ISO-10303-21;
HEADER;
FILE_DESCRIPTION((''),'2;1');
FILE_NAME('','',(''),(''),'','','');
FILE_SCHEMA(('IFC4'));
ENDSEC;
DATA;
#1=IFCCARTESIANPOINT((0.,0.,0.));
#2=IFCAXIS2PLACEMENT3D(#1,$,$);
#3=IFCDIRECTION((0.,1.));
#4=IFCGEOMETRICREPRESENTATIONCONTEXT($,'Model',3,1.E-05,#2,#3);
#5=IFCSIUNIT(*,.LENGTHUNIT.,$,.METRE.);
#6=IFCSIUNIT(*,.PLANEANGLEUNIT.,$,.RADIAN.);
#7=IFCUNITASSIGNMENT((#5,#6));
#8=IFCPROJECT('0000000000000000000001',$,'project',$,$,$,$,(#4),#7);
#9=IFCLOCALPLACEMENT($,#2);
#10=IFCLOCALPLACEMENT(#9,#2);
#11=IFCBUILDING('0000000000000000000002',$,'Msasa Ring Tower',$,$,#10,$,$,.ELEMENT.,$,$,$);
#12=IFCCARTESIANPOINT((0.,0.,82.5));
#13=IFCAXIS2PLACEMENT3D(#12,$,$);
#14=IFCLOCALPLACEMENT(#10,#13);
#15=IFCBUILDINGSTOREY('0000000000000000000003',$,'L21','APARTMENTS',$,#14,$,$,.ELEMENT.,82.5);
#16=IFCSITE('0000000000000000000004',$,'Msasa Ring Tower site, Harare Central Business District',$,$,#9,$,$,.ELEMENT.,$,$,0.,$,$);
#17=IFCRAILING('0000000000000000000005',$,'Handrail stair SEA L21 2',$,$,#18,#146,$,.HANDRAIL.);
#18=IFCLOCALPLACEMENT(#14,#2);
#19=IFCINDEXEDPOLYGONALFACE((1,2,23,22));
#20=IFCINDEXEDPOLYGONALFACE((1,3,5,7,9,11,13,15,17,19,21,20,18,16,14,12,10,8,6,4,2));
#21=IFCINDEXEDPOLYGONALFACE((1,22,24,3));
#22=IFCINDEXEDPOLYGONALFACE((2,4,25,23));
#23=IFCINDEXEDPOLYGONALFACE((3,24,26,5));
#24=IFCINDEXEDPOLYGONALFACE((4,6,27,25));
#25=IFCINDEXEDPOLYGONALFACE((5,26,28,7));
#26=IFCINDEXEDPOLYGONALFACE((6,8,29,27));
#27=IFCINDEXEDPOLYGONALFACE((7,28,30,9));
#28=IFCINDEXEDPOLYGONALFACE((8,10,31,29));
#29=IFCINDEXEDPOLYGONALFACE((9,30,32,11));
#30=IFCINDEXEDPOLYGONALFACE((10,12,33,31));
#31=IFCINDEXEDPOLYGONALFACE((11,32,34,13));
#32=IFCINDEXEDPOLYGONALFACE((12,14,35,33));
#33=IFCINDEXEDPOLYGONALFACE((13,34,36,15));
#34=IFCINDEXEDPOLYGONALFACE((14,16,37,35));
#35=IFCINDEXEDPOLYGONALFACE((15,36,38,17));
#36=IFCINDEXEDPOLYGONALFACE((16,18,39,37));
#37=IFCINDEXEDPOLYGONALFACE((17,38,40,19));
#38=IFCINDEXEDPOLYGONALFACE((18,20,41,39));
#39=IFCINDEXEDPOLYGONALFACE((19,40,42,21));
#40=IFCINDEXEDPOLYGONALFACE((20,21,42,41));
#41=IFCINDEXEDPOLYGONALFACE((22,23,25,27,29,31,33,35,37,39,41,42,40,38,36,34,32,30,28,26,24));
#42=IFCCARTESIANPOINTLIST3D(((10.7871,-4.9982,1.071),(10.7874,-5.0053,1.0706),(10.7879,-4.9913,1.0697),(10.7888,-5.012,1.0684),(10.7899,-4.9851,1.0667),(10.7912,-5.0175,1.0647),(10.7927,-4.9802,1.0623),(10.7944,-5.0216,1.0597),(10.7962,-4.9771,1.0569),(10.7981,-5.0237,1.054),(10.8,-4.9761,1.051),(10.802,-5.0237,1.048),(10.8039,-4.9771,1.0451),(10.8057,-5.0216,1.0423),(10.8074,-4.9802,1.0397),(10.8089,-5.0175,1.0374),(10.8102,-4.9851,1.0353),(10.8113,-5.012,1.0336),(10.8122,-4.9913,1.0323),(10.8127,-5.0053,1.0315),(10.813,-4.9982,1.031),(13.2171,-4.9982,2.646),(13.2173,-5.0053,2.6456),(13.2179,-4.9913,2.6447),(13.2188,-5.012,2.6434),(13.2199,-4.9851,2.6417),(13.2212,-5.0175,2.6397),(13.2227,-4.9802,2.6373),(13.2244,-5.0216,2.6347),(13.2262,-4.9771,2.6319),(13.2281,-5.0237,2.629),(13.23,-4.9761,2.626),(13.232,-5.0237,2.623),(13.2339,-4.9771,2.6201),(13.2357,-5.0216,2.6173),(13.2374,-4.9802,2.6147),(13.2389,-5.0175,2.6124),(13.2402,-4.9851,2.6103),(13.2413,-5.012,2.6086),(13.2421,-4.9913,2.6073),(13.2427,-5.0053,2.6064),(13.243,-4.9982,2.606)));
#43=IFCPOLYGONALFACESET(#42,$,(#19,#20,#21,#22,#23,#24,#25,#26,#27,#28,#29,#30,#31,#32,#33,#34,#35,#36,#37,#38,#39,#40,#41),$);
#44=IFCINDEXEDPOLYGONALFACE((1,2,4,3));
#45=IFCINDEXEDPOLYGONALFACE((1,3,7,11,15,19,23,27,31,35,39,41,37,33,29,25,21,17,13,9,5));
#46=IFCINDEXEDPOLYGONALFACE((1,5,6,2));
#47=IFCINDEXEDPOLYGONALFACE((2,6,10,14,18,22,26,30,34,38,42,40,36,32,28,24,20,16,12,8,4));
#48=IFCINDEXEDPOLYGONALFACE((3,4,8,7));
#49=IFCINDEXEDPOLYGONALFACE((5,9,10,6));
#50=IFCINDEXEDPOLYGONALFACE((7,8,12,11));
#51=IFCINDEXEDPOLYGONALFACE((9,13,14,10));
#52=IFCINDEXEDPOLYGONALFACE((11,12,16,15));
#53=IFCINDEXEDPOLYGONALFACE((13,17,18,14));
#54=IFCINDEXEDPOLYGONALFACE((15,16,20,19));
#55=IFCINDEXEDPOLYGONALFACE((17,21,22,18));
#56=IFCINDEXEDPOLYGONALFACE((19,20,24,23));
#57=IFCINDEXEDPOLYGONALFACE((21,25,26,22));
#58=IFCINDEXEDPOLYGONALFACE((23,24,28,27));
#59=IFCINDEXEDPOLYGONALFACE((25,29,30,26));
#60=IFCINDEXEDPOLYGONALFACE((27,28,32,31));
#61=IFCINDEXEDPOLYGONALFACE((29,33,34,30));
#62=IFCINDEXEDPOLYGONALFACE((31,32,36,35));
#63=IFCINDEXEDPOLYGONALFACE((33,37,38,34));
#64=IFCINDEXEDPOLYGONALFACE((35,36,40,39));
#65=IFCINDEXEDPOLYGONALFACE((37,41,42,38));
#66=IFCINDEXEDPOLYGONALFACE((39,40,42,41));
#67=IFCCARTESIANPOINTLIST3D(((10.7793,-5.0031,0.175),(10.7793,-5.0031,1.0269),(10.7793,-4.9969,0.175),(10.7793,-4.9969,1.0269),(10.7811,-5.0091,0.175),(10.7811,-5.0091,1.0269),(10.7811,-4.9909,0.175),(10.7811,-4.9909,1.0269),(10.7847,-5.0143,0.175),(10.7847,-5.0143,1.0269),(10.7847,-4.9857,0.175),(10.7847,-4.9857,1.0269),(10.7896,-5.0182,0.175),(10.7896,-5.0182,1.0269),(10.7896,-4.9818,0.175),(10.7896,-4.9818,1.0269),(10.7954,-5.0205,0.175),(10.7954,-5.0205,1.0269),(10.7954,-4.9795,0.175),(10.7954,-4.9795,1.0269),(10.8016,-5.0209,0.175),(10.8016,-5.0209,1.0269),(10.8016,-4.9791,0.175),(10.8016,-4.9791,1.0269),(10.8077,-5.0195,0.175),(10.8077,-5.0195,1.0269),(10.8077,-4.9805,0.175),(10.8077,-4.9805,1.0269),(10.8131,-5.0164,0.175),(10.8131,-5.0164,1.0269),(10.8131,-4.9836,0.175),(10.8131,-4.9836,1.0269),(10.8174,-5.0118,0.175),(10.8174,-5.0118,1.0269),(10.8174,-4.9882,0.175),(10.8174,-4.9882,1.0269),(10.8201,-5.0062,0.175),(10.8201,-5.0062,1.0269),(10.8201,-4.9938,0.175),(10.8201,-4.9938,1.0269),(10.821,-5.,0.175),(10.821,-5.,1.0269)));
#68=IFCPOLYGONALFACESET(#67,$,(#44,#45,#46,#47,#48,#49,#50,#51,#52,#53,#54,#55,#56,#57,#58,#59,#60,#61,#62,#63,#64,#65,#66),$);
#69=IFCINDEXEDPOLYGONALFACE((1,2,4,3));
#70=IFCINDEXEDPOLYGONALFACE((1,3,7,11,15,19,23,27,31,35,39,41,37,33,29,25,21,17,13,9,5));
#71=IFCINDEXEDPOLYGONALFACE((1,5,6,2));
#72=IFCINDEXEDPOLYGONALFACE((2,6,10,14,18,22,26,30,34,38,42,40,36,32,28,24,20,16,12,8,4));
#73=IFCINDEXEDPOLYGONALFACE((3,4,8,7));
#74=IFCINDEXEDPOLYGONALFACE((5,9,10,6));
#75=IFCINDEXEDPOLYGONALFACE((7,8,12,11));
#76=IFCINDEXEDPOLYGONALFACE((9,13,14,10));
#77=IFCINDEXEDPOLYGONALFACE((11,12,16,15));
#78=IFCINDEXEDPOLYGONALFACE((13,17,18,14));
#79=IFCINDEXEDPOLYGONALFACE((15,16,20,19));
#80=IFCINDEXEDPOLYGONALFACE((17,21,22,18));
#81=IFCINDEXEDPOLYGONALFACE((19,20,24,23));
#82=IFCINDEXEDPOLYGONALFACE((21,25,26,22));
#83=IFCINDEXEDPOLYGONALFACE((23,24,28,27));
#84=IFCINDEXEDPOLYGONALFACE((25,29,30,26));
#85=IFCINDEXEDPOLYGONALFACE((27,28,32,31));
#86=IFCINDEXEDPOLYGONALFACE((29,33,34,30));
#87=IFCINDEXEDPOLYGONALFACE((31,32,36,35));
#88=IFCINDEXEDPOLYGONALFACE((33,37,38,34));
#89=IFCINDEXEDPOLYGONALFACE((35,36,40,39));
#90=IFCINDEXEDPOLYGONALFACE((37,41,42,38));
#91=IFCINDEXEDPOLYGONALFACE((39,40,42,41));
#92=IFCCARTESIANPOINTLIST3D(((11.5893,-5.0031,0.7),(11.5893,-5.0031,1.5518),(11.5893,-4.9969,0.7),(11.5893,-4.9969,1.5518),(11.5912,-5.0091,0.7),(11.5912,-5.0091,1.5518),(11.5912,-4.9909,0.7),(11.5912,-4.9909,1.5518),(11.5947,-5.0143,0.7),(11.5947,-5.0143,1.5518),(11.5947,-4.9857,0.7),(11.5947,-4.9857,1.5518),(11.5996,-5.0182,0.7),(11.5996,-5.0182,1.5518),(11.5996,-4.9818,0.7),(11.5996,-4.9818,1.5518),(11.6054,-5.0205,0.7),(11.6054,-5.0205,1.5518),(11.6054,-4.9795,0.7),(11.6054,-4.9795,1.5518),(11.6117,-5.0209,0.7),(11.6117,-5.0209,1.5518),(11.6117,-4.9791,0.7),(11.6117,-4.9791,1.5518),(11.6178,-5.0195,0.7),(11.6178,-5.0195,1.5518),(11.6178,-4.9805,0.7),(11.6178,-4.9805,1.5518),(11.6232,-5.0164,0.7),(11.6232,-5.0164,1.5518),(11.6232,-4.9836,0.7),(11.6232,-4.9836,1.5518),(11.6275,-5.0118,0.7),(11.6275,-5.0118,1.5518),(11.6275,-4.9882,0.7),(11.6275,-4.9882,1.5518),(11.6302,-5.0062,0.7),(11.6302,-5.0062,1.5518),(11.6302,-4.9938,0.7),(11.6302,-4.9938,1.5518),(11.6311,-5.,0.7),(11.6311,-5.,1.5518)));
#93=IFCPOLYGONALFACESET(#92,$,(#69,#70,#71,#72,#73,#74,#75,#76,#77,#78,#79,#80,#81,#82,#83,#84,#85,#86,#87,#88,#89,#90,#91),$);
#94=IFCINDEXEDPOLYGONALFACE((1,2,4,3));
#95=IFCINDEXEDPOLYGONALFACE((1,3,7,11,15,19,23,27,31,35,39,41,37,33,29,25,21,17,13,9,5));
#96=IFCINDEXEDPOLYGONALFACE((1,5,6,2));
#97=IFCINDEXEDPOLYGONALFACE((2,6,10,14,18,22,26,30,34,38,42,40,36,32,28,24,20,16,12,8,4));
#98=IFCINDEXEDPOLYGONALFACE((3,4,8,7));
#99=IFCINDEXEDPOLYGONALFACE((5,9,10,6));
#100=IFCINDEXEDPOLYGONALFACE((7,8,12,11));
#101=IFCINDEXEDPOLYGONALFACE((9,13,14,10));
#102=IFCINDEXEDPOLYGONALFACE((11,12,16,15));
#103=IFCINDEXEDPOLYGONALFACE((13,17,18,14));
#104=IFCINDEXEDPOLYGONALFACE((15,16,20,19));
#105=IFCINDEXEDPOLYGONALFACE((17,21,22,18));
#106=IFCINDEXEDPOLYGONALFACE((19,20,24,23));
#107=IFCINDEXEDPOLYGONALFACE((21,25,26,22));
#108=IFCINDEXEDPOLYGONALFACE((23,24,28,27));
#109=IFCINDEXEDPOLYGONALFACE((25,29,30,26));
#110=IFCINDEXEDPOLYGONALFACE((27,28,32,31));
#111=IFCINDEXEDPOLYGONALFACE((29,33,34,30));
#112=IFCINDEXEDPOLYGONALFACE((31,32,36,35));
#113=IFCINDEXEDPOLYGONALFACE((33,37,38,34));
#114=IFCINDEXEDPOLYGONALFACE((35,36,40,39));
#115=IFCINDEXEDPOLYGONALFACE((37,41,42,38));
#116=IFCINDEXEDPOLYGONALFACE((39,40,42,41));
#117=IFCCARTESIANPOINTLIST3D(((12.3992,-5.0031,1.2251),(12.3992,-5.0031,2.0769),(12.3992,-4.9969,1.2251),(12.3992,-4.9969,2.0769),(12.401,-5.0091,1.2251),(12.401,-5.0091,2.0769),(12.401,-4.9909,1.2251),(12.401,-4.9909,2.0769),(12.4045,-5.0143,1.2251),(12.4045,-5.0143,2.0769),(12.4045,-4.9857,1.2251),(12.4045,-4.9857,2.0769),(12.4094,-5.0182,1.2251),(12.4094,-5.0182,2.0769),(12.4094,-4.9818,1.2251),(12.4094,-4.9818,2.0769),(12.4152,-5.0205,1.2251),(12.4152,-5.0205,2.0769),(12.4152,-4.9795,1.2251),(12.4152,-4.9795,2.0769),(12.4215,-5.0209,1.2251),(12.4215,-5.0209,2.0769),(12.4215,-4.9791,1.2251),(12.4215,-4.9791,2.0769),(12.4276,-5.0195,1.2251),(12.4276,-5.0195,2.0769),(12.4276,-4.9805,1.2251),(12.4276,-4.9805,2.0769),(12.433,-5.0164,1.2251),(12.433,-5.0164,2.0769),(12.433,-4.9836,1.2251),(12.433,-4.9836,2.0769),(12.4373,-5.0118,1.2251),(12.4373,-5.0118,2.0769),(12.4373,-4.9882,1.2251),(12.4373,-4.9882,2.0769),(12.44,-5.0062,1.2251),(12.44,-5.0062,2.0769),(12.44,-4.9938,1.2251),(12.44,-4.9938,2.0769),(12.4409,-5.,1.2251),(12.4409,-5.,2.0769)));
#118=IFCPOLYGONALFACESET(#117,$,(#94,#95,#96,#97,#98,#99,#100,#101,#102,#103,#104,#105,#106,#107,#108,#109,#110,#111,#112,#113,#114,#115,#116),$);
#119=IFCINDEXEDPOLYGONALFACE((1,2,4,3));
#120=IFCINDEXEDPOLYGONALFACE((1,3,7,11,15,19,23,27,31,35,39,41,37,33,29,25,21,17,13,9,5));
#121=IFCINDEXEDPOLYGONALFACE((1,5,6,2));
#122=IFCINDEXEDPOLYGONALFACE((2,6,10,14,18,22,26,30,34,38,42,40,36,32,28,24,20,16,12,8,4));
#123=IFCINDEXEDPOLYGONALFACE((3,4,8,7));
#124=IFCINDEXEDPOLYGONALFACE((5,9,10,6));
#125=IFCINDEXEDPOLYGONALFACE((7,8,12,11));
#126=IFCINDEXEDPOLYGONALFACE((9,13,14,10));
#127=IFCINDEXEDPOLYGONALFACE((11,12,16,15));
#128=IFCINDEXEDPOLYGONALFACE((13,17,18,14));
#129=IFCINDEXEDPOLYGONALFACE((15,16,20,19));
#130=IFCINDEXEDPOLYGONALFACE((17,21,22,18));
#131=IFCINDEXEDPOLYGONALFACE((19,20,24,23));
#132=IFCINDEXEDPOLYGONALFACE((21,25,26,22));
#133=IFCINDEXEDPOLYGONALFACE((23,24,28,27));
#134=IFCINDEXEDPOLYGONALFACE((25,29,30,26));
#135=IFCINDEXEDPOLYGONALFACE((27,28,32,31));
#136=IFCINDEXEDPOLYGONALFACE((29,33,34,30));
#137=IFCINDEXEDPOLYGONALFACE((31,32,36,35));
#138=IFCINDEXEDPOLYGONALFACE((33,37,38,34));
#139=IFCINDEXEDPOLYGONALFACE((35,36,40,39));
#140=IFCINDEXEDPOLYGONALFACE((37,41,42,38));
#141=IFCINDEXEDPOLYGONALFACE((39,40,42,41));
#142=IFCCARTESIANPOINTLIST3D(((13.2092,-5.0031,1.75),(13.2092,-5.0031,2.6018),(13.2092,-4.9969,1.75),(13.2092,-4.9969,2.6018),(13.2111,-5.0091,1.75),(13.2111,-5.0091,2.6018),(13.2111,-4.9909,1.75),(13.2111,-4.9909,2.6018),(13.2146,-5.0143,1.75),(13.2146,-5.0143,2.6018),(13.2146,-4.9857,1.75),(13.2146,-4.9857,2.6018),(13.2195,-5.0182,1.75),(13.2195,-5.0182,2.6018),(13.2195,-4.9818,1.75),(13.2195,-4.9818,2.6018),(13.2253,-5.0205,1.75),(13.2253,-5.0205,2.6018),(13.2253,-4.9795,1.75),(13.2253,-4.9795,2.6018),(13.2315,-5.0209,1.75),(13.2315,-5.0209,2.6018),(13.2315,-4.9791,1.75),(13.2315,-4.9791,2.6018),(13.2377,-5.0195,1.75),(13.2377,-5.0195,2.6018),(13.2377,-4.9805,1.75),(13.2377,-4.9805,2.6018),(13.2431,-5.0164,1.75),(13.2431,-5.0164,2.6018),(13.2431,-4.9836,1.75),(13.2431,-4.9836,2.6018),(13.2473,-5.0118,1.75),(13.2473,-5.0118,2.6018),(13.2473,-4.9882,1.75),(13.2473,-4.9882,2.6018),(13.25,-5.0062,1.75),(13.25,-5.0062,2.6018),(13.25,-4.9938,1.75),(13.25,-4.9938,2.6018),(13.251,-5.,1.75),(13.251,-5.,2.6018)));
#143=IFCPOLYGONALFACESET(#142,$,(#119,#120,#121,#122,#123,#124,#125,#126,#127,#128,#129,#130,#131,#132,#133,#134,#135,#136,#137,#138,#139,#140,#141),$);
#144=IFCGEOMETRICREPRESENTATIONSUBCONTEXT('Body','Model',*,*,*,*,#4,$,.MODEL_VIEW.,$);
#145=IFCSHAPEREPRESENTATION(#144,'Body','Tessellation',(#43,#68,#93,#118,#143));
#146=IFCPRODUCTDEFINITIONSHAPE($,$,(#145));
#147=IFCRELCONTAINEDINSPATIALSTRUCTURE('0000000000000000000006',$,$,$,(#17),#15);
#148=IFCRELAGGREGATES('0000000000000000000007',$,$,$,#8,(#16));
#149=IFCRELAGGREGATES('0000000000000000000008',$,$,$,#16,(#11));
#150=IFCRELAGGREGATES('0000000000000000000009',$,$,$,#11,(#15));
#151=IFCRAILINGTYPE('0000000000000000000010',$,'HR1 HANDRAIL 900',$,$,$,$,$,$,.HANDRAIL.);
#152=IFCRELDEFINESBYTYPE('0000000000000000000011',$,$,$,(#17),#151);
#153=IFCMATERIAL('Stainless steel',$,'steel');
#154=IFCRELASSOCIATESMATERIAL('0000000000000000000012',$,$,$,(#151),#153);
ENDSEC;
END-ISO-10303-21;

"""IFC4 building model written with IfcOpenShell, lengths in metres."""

from ifc_helpers import new_model, si_unit, direction, frame, origin, origin_2d, place, context, subcontext, project, spatial, circle, extrude, material, type_object, element, save


model = new_model("IFC4")

# Units and contexts
model_context = context("Model", 3, precision=1e-05, world=origin(), true_north=direction((0.0, 1.0)))
body_context = subcontext(model_context, "Body", "Model", "MODEL_VIEW")
ifc_project = project(units=[si_unit("LENGTHUNIT", "METRE"), si_unit("PLANEANGLEUNIT", "RADIAN")], contexts=[model_context])

# Site, building, storey
site_placement = place(None, origin())
site = spatial("IfcSite", under=ifc_project, at=site_placement, Name="Msasa Ring Tower site, Harare Central Business District", CompositionType="ELEMENT", RefElevation=0.0)
building_placement = place(site_placement, origin())
building = spatial("IfcBuilding", under=site, at=building_placement, Name="Msasa Ring Tower", CompositionType="ELEMENT")
storey_placement = place(building_placement, frame((0.0, 0.0, 82.5)))
storey = spatial("IfcBuildingStorey", under=building, at=storey_placement, Name="L21", Description="APARTMENTS", CompositionType="ELEMENT", Elevation=82.5)

# Railing
ifc_material_1 = material(Name="Stainless steel", Category="steel")
railing_type = type_object("IfcRailingType", Name="HR1 HANDRAIL 900", PredefinedType="HANDRAIL", material=ifc_material_1)
for number, where, name in (
    (1, (10.8, -5.0, 0.175), "Handrail stair SEA L21 2"),
):
    element("IfcRailing", number, at=place(storey_placement, frame(where)), inside=storey, type_object=railing_type, Name=name, PredefinedType="HANDRAIL", context=body_context, shape_type="SweptSolid", body=[
        extrude(circle(Radius=0.0239, at=origin_2d()), frame((0.0, 0.0, 0.876), z_axis=(0.839154, 0.0, 0.543894), x_axis=(0.0, 1.0, 0.0)), (0.0, 0.0, 1.0), 2.8958),
        extrude(circle(Radius=0.021, at=origin_2d()), origin(), (0.0, 0.0, 1.0), 0.8518),
        extrude(circle(Radius=0.021, at=origin_2d()), frame((0.8101, 0.0, 0.5249)), (0.0, 0.0, 1.0), 0.8518),
        extrude(circle(Radius=0.021, at=origin_2d()), frame((1.6199, 0.0, 1.05)), (0.0, 0.0, 1.0), 0.8518),
        extrude(circle(Radius=0.021, at=origin_2d()), frame((2.4299, 0.0, 1.575)), (0.0, 0.0, 1.0), 0.8518),
    ])

save(model, "model.ifc")
